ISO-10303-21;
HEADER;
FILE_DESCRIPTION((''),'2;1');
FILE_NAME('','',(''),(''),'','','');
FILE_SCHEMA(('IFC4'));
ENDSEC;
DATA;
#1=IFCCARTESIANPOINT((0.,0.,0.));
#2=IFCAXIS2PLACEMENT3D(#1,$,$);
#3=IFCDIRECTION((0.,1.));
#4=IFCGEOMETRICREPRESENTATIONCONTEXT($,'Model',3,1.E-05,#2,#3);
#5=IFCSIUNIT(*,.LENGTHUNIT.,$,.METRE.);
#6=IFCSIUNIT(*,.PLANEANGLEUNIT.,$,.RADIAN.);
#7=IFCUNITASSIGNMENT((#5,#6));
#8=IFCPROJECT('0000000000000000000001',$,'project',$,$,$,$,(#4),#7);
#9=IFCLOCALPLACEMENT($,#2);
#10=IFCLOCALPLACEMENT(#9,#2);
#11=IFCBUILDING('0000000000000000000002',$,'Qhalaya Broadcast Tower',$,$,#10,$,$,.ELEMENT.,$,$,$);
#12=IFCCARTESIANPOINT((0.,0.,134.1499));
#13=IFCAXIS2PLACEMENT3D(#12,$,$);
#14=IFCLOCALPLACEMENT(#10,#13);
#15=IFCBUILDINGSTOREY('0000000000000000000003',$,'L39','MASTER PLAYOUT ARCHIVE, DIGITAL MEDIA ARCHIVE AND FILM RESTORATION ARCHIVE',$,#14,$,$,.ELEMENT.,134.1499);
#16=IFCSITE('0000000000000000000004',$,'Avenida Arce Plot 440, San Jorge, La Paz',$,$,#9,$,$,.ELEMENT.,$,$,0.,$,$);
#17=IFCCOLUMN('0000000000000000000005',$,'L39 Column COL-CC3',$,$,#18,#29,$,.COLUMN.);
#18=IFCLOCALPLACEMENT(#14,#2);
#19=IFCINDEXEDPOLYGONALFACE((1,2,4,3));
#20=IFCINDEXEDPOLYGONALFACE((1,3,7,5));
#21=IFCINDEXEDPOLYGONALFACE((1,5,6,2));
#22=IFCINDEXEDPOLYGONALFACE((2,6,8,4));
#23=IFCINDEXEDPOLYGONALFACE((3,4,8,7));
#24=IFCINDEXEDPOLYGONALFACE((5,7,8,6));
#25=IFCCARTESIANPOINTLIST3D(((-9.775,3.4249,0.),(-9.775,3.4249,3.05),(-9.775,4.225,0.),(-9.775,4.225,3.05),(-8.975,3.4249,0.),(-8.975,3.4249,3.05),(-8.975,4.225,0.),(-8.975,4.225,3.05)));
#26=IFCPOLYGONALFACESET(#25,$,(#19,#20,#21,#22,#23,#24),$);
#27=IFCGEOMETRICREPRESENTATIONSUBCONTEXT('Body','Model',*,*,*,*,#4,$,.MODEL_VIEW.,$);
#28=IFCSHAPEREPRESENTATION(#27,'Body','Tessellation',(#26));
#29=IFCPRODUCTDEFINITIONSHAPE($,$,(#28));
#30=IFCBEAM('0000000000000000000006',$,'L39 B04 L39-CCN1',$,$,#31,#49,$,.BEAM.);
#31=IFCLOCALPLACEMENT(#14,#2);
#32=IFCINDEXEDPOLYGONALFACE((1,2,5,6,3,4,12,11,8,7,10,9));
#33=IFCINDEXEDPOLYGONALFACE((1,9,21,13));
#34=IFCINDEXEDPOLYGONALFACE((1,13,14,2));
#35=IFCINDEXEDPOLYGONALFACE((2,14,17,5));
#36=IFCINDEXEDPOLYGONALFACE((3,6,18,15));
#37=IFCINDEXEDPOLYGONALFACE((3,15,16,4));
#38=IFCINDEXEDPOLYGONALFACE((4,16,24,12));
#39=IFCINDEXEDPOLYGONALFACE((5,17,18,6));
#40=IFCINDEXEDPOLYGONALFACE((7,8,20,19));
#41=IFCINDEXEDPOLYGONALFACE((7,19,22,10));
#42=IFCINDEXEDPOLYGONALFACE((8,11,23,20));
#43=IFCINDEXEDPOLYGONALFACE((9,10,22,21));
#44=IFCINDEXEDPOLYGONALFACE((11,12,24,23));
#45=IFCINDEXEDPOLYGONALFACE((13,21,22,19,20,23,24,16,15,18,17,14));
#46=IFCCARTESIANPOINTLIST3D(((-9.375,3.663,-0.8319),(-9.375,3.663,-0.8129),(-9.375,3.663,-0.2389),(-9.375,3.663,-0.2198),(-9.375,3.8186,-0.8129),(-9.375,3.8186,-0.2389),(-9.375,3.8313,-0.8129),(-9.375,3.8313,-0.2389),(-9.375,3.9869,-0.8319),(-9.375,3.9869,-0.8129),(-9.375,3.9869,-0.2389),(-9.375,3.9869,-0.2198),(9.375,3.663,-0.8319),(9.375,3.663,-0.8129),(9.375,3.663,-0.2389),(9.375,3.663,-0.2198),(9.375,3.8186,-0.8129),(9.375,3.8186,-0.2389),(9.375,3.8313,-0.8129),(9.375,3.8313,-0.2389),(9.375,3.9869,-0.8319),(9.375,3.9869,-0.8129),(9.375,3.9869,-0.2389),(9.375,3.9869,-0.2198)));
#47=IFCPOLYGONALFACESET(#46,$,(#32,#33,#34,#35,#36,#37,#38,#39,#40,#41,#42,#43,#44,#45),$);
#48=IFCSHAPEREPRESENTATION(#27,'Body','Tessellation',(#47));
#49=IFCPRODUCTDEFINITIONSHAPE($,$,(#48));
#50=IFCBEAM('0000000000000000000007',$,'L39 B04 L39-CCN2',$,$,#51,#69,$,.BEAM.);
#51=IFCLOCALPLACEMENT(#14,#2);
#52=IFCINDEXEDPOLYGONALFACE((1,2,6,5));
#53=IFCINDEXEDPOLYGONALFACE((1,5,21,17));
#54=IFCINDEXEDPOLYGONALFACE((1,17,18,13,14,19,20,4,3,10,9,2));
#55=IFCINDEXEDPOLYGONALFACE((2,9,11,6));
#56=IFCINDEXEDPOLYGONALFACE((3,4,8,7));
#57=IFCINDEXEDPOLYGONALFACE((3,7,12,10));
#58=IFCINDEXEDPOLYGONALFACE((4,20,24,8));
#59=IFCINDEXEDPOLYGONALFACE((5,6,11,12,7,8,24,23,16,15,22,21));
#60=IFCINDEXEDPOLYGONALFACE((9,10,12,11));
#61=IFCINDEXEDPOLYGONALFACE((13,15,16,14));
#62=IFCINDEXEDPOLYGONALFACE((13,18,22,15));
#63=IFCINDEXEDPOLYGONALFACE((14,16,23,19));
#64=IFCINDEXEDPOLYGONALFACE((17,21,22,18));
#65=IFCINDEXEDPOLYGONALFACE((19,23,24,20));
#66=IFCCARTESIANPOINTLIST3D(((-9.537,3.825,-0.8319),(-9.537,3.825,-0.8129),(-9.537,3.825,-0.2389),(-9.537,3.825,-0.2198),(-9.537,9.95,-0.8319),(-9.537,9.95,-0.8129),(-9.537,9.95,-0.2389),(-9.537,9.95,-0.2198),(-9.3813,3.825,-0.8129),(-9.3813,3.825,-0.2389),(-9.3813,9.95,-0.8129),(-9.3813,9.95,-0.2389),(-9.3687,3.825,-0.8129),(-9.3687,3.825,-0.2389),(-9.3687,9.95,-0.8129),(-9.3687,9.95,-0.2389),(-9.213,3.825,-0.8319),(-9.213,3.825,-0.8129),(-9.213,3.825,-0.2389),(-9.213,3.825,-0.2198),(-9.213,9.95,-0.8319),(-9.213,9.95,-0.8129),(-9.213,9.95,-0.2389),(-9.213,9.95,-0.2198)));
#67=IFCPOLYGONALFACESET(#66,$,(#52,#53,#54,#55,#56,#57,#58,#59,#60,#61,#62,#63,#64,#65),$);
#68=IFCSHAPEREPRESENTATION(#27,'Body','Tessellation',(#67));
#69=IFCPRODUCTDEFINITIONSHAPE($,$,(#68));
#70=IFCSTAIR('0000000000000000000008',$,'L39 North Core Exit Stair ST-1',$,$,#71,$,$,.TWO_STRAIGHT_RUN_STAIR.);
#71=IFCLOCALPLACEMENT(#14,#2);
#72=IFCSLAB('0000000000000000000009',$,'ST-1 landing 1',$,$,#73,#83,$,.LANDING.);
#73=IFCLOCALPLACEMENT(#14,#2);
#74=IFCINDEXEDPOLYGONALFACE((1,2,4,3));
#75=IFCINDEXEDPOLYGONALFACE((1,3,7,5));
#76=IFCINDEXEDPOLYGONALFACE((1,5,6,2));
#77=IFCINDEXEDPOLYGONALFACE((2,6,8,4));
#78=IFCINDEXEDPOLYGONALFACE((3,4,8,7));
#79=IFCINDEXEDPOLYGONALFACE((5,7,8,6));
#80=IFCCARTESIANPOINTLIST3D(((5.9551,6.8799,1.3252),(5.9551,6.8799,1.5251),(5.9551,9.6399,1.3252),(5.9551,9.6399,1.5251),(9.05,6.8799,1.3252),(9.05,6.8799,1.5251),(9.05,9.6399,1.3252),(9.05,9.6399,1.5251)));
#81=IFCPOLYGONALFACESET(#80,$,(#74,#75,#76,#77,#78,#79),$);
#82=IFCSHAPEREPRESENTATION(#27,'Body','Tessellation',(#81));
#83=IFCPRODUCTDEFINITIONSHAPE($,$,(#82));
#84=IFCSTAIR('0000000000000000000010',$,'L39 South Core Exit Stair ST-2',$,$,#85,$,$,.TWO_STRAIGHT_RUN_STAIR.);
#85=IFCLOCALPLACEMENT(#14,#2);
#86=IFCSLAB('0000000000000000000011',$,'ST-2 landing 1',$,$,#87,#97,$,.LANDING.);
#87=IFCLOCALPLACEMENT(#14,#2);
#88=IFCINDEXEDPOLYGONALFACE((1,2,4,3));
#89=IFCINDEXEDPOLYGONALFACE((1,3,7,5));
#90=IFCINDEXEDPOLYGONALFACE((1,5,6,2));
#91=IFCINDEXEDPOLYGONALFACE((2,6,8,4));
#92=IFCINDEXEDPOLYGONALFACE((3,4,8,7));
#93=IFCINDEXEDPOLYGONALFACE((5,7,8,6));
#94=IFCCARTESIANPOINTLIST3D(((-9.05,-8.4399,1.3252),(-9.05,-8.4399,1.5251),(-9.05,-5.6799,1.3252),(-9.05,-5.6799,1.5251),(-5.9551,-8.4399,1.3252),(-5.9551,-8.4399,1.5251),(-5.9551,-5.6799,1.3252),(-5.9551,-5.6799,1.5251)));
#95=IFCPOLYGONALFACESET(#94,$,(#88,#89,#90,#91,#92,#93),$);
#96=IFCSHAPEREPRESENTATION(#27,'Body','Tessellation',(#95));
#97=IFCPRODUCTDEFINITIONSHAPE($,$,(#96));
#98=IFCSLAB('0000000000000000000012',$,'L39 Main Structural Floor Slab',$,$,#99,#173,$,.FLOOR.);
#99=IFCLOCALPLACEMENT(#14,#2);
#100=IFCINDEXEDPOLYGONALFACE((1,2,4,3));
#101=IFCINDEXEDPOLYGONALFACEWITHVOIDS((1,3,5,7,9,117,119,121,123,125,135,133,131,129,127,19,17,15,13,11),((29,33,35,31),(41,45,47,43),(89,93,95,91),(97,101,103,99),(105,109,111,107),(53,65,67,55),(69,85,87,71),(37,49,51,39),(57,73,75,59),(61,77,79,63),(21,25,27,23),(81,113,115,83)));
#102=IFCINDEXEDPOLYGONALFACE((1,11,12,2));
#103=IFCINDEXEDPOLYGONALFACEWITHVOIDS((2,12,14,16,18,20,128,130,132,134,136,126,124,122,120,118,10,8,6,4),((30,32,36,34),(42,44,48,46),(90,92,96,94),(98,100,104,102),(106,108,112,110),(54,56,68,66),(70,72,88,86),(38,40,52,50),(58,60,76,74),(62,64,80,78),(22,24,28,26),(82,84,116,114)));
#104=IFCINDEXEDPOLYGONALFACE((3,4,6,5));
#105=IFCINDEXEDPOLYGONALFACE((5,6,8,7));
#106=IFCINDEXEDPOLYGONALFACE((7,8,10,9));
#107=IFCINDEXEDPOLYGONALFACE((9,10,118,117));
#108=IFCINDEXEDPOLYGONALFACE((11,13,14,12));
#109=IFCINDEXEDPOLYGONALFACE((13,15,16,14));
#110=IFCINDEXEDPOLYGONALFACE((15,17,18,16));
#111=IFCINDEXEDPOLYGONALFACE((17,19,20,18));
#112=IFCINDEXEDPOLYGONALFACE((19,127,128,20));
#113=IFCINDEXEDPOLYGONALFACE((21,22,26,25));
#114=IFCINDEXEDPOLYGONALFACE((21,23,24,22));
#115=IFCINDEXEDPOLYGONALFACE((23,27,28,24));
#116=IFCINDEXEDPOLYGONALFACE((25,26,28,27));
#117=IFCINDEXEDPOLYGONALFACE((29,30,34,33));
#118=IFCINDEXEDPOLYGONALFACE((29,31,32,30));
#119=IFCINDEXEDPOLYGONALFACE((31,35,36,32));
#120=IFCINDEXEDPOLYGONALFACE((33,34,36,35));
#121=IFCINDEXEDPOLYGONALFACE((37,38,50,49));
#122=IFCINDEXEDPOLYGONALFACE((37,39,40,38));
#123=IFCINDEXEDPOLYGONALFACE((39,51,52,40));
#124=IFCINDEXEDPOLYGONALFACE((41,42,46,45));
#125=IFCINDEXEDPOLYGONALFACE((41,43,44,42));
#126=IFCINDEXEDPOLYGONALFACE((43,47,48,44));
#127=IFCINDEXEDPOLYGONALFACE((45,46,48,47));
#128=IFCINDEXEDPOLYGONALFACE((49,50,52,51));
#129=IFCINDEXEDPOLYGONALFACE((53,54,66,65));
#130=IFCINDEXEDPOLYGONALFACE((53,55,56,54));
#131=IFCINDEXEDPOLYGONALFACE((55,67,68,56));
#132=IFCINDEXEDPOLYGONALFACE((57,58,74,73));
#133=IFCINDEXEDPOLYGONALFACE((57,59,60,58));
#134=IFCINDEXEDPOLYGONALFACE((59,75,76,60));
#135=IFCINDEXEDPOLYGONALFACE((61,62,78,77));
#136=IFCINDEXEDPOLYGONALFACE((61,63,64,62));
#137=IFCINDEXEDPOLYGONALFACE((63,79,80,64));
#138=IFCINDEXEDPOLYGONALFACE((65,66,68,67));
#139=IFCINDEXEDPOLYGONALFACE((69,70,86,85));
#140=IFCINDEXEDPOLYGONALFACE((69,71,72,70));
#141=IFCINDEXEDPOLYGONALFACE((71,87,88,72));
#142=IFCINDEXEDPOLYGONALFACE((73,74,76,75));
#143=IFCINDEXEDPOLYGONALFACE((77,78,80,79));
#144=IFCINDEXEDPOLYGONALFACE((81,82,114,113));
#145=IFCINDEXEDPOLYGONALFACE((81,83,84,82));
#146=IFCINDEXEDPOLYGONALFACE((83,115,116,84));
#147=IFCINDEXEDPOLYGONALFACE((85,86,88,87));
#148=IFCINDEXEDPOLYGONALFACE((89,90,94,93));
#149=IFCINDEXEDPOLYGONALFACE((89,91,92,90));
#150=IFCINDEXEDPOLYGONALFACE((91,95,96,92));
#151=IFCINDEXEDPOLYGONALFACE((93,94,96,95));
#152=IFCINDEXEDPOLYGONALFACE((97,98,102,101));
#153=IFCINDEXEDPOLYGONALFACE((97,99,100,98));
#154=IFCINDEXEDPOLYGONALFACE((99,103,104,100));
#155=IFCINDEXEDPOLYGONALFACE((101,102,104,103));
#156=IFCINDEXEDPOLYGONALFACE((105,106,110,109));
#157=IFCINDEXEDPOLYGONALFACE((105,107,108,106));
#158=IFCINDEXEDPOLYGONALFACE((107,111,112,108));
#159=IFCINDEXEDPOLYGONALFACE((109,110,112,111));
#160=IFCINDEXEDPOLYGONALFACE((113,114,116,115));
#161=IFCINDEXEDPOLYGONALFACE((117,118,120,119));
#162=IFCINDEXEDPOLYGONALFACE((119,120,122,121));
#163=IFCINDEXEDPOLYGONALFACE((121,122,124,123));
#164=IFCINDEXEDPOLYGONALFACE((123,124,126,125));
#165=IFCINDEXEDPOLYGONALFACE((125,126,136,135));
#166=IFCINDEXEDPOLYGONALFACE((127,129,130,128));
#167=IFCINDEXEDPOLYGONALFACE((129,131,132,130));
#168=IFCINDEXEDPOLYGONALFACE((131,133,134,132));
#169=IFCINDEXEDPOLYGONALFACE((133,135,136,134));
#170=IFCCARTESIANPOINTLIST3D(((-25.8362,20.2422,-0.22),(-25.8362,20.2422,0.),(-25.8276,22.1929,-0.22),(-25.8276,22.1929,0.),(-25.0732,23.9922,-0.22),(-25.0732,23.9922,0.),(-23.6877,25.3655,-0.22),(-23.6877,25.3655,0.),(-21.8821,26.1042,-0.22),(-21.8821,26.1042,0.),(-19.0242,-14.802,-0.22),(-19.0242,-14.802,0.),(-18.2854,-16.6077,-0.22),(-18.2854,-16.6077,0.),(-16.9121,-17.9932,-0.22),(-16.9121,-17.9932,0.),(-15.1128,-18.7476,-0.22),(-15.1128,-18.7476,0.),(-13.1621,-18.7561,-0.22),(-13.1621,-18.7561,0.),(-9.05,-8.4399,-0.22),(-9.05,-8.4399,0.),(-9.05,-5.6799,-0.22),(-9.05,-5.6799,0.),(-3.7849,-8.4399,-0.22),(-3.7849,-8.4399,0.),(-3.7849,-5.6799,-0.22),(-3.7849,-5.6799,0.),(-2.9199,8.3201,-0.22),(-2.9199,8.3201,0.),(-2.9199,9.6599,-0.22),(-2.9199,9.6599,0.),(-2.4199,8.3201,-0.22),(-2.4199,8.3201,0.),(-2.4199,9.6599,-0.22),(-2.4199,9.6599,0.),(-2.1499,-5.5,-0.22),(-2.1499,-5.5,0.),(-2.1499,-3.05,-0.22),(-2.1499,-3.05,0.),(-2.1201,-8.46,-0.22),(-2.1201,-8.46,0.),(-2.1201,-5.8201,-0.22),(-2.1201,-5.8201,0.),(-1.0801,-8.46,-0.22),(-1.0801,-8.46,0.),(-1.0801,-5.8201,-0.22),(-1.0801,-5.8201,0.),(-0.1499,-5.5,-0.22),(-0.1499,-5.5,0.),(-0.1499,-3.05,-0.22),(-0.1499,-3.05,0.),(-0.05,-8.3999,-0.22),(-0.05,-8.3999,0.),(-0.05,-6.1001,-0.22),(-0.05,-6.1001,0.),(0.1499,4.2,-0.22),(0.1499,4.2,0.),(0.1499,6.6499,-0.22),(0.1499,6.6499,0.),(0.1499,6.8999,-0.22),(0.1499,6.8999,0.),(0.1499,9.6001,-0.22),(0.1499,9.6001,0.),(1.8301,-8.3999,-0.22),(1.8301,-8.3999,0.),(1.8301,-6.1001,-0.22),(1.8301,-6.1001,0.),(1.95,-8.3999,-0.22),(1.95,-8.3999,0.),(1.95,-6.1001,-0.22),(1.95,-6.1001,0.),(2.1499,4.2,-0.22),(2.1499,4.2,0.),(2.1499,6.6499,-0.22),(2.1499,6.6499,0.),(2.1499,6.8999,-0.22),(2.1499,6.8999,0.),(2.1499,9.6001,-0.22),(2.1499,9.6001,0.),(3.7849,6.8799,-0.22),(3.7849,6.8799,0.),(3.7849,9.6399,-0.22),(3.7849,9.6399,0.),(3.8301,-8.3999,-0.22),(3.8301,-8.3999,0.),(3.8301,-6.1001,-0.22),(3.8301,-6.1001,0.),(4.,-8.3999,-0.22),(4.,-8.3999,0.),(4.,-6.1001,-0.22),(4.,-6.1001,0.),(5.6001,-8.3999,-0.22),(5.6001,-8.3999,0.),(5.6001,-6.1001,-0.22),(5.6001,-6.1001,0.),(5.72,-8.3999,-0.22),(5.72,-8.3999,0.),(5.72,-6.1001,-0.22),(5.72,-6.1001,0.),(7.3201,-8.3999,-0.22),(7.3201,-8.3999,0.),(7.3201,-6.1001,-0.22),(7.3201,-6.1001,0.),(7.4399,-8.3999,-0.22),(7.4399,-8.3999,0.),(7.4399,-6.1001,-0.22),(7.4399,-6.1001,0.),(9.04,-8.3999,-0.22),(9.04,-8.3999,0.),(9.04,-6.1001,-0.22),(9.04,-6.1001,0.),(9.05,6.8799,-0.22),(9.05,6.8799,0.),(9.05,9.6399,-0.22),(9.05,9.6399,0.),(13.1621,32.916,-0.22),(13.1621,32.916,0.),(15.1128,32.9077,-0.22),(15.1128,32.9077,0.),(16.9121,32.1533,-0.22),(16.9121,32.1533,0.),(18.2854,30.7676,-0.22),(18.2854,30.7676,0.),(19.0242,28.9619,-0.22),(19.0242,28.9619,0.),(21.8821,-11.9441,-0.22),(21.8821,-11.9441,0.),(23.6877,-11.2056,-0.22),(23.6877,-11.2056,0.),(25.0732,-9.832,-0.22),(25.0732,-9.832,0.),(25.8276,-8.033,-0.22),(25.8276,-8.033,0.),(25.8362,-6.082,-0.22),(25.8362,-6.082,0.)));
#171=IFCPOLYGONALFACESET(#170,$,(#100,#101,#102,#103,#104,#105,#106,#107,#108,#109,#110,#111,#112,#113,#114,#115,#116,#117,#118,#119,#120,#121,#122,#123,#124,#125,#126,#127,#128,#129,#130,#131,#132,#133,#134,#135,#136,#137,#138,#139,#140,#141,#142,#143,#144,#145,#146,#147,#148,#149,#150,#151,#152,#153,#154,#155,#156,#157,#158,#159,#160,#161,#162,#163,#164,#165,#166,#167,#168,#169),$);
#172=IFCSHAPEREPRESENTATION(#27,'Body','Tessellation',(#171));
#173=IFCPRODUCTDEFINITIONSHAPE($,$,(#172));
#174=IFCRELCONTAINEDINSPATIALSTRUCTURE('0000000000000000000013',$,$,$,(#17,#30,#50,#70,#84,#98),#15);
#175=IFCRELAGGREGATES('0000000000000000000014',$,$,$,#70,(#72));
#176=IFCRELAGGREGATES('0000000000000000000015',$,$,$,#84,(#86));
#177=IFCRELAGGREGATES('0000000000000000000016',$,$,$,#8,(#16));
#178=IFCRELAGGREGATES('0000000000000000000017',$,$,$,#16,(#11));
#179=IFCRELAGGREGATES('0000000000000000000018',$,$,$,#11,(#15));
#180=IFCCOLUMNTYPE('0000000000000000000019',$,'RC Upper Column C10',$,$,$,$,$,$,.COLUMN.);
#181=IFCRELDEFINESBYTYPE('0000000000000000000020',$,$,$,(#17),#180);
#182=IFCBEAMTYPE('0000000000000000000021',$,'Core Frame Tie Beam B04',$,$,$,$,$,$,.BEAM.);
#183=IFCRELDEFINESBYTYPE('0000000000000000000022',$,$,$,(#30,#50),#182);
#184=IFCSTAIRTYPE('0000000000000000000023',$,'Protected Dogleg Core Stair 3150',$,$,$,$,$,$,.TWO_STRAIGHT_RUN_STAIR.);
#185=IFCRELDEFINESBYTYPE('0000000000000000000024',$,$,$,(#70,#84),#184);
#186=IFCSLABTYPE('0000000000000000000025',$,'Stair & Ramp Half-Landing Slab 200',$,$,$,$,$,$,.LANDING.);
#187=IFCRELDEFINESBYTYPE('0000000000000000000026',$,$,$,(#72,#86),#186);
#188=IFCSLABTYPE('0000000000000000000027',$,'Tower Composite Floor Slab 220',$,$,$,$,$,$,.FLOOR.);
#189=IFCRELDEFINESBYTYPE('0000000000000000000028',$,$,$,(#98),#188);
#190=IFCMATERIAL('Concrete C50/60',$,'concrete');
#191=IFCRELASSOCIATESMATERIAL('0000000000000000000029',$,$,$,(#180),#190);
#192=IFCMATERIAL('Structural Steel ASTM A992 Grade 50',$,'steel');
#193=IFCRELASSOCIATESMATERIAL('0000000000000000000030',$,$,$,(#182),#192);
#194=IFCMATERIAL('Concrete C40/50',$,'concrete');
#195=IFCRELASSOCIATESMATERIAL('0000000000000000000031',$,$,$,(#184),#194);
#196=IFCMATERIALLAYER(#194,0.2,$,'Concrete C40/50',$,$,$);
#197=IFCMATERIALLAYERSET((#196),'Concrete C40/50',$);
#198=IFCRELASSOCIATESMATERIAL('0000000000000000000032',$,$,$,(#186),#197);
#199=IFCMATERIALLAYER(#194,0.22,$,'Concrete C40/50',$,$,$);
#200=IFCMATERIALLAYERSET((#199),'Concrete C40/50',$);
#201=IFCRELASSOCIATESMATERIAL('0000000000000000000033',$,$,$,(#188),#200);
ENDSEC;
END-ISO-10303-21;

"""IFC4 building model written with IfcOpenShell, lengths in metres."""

from ifc_helpers import new_model, si_unit, direction, frame, origin, origin_2d, place, context, subcontext, project, spatial, polyline, rectangle, i_section, outline, extrude, material, layer, layer_set, material_profile, profile_set, type_object, element, aggregate, save


model = new_model("IFC4")

# Units and contexts
model_context = context("Model", 3, precision=1e-05, world=origin(), true_north=direction((0.0, 1.0)))
body_context = subcontext(model_context, "Body", "Model", "MODEL_VIEW")
ifc_project = project(units=[si_unit("LENGTHUNIT", "METRE"), si_unit("PLANEANGLEUNIT", "RADIAN")], contexts=[model_context])

# Site, building, storey
site_placement = place(None, origin())
site = spatial("IfcSite", under=ifc_project, at=site_placement, Name="Avenida Arce Plot 440, San Jorge, La Paz", CompositionType="ELEMENT", RefElevation=0.0)
building_placement = place(site_placement, origin())
building = spatial("IfcBuilding", under=site, at=building_placement, Name="Qhalaya Broadcast Tower", CompositionType="ELEMENT")
storey_placement = place(building_placement, frame((0.0, 0.0, 134.1499)))
storey = spatial("IfcBuildingStorey", under=building, at=storey_placement, Name="L39", Description="MASTER PLAYOUT ARCHIVE, DIGITAL MEDIA ARCHIVE AND FILM RESTORATION ARCHIVE", CompositionType="ELEMENT", Elevation=134.1499)

# Column
ifc_material_1 = material(Name="Concrete C50/60", Category="concrete")
ifc_material_profile_1 = material_profile(ifc_material_1, rectangle(XDim=0.8, YDim=0.8, at=origin_2d()), Name="RC-COL 800x800")
ifc_profile_set_1 = profile_set([ifc_material_profile_1], Name="Concrete C50/60")
column_type = type_object("IfcColumnType", Name="RC Upper Column C10", PredefinedType="COLUMN", material=ifc_profile_set_1)
column_placement = place(storey_placement, frame((-9.375, 3.825, 0.0), z_axis=(0.0, 0.0, 1.0), x_axis=(1.0, 0.0, 0.0)))
element("IfcColumn", 1, at=column_placement, inside=storey, type_object=column_type, Name="L39 Column COL-CC3", PredefinedType="COLUMN", context=body_context, shape_type="SweptSolid", body=[
    extrude(rectangle(XDim=0.8, YDim=0.8, at=origin_2d()), origin(), (0.0, 0.0, 1.0), 3.05),
])

# Beams
ifc_material_2 = material(Name="Structural Steel ASTM A992 Grade 50", Category="steel")
ifc_material_profile_2 = material_profile(ifc_material_2, i_section(OverallWidth=0.324, OverallDepth=0.6121, WebThickness=0.0127, FlangeThickness=0.019, at=origin_2d()), Name="W24X104")
ifc_profile_set_2 = profile_set([ifc_material_profile_2], Name="Structural Steel ASTM A992 Grade 50")
beam_type = type_object("IfcBeamType", Name="Core Frame Tie Beam B04", PredefinedType="BEAM", material=ifc_profile_set_2)
beam_1_placement = place(storey_placement, frame((-9.375, 3.825, -0.5259), z_axis=(1.0, 0.0, 0.0), x_axis=(0.0, 1.0, 0.0)))
element("IfcBeam", 2, at=beam_1_placement, inside=storey, type_object=beam_type, Name="L39 B04 L39-CCN1", PredefinedType="BEAM", context=body_context, shape_type="SweptSolid", body=[
    extrude(i_section(OverallWidth=0.324, OverallDepth=0.6121, WebThickness=0.0127, FlangeThickness=0.019, at=origin_2d()), origin(), (0.0, 0.0, 1.0), 18.75),
])
beam_2_placement = place(storey_placement, frame((-9.375, 3.825, -0.5259), z_axis=(0.0, 1.0, 0.0), x_axis=(-1.0, 0.0, 0.0)))
element("IfcBeam", 3, at=beam_2_placement, inside=storey, type_object=beam_type, Name="L39 B04 L39-CCN2", PredefinedType="BEAM", context=body_context, shape_type="SweptSolid", body=[
    extrude(i_section(OverallWidth=0.324, OverallDepth=0.6121, WebThickness=0.0127, FlangeThickness=0.019, at=origin_2d()), origin(), (0.0, 0.0, 1.0), 6.125),
])

# Stairs, slabs
ifc_material_3 = material(Name="Concrete C40/50", Category="concrete")
stair_type = type_object("IfcStairType", Name="Protected Dogleg Core Stair 3150", PredefinedType="TWO_STRAIGHT_RUN_STAIR", material=ifc_material_3)
stair_1_placement = place(storey_placement, origin())
stair_1 = element("IfcStair", 4, at=stair_1_placement, inside=storey, type_object=stair_type, Name="L39 North Core Exit Stair ST-1", PredefinedType="TWO_STRAIGHT_RUN_STAIR")
ifc_layer_1 = layer(ifc_material_3, 0.2, Name="Concrete C40/50")
ifc_layer_set_1 = layer_set([ifc_layer_1], Name="Concrete C40/50")
slab_type_1 = type_object("IfcSlabType", Name="Stair & Ramp Half-Landing Slab 200", PredefinedType="LANDING", material=ifc_layer_set_1)
slab_1_placement = place(storey_placement, frame((0.0, 0.0, 1.3252)))
slab_1 = element("IfcSlab", 5, at=slab_1_placement, type_object=slab_type_1, Name="ST-1 landing 1", PredefinedType="LANDING", context=body_context, shape_type="SweptSolid", body=[
    extrude(outline(polyline([(5.9551, 6.8799), (9.05, 6.8799), (9.05, 9.6399), (5.9551, 9.6399), (5.9551, 6.8799)])), origin(), (0.0, 0.0, 1.0), 0.2),
])
aggregate(stair_1, [slab_1])
stair_2_placement = place(storey_placement, origin())
stair_2 = element("IfcStair", 6, at=stair_2_placement, inside=storey, type_object=stair_type, Name="L39 South Core Exit Stair ST-2", PredefinedType="TWO_STRAIGHT_RUN_STAIR")
slab_2_placement = place(storey_placement, frame((0.0, 0.0, 1.3252)))
slab_2 = element("IfcSlab", 7, at=slab_2_placement, type_object=slab_type_1, Name="ST-2 landing 1", PredefinedType="LANDING", context=body_context, shape_type="SweptSolid", body=[
    extrude(outline(polyline([(-5.9551, -5.6799), (-9.05, -5.6799), (-9.05, -8.4399), (-5.9551, -8.4399), (-5.9551, -5.6799)])), origin(), (0.0, 0.0, 1.0), 0.2),
])
aggregate(stair_2, [slab_2])

# Slab
ifc_layer_2 = layer(ifc_material_3, 0.22, Name="Concrete C40/50")
ifc_layer_set_2 = layer_set([ifc_layer_2], Name="Concrete C40/50")
slab_type_2 = type_object("IfcSlabType", Name="Tower Composite Floor Slab 220", PredefinedType="FLOOR", material=ifc_layer_set_2)
slab_3_placement = place(storey_placement, frame((0.0, 0.0, -0.22)))
element("IfcSlab", 8, at=slab_3_placement, inside=storey, type_object=slab_type_2, Name="L39 Main Structural Floor Slab", PredefinedType="FLOOR", context=body_context, shape_type="SweptSolid", body=[
    extrude(outline(polyline([(21.8821, -11.9441), (23.6877, -11.2056), (25.0732, -9.832), (25.8276, -8.033), (25.8362, -6.082), (19.0242, 28.9619), (18.2854, 30.7676), (16.9121, 32.1533), (15.1128, 32.9077), (13.1621, 32.916), (-21.8821, 26.1042), (-23.6877, 25.3655), (-25.0732, 23.9922), (-25.8276, 22.1929), (-25.8362, 20.2422), (-19.0242, -14.802), (-18.2854, -16.6077), (-16.9121, -17.9932), (-15.1128, -18.7476), (-13.1621, -18.7561), (21.8821, -11.9441)]), holes=[polyline([(3.7849, 9.6399), (9.05, 9.6399), (9.05, 6.8799), (3.7849, 6.8799), (3.7849, 9.6399)]), polyline([(-3.7849, -8.4399), (-9.05, -8.4399), (-9.05, -5.6799), (-3.7849, -5.6799), (-3.7849, -8.4399)]), polyline([(0.1499, 6.6499), (2.1499, 6.6499), (2.1499, 4.2), (0.1499, 4.2), (0.1499, 6.6499)]), polyline([(0.1499, 9.6001), (2.1499, 9.6001), (2.1499, 6.8999), (0.1499, 6.8999), (0.1499, 9.6001)]), polyline([(-2.1499, -3.05), (-0.1499, -3.05), (-0.1499, -5.5), (-2.1499, -5.5), (-2.1499, -3.05)]), polyline([(-0.05, -6.1001), (1.8301, -6.1001), (1.8301, -8.3999), (-0.05, -8.3999), (-0.05, -6.1001)]), polyline([(1.95, -6.1001), (3.8301, -6.1001), (3.8301, -8.3999), (1.95, -8.3999), (1.95, -6.1001)]), polyline([(4.0, -6.1001), (5.6001, -6.1001), (5.6001, -8.3999), (4.0, -8.3999), (4.0, -6.1001)]), polyline([(5.72, -6.1001), (7.3201, -6.1001), (7.3201, -8.3999), (5.72, -8.3999), (5.72, -6.1001)]), polyline([(7.4399, -6.1001), (9.04, -6.1001), (9.04, -8.3999), (7.4399, -8.3999), (7.4399, -6.1001)]), polyline([(-2.9199, 9.6599), (-2.4199, 9.6599), (-2.4199, 8.3201), (-2.9199, 8.3201), (-2.9199, 9.6599)]), polyline([(-2.1201, -5.8201), (-1.0801, -5.8201), (-1.0801, -8.46), (-2.1201, -8.46), (-2.1201, -5.8201)])]), origin(), (0.0, 0.0, 1.0), 0.22),
])

save(model, "model.ifc")
